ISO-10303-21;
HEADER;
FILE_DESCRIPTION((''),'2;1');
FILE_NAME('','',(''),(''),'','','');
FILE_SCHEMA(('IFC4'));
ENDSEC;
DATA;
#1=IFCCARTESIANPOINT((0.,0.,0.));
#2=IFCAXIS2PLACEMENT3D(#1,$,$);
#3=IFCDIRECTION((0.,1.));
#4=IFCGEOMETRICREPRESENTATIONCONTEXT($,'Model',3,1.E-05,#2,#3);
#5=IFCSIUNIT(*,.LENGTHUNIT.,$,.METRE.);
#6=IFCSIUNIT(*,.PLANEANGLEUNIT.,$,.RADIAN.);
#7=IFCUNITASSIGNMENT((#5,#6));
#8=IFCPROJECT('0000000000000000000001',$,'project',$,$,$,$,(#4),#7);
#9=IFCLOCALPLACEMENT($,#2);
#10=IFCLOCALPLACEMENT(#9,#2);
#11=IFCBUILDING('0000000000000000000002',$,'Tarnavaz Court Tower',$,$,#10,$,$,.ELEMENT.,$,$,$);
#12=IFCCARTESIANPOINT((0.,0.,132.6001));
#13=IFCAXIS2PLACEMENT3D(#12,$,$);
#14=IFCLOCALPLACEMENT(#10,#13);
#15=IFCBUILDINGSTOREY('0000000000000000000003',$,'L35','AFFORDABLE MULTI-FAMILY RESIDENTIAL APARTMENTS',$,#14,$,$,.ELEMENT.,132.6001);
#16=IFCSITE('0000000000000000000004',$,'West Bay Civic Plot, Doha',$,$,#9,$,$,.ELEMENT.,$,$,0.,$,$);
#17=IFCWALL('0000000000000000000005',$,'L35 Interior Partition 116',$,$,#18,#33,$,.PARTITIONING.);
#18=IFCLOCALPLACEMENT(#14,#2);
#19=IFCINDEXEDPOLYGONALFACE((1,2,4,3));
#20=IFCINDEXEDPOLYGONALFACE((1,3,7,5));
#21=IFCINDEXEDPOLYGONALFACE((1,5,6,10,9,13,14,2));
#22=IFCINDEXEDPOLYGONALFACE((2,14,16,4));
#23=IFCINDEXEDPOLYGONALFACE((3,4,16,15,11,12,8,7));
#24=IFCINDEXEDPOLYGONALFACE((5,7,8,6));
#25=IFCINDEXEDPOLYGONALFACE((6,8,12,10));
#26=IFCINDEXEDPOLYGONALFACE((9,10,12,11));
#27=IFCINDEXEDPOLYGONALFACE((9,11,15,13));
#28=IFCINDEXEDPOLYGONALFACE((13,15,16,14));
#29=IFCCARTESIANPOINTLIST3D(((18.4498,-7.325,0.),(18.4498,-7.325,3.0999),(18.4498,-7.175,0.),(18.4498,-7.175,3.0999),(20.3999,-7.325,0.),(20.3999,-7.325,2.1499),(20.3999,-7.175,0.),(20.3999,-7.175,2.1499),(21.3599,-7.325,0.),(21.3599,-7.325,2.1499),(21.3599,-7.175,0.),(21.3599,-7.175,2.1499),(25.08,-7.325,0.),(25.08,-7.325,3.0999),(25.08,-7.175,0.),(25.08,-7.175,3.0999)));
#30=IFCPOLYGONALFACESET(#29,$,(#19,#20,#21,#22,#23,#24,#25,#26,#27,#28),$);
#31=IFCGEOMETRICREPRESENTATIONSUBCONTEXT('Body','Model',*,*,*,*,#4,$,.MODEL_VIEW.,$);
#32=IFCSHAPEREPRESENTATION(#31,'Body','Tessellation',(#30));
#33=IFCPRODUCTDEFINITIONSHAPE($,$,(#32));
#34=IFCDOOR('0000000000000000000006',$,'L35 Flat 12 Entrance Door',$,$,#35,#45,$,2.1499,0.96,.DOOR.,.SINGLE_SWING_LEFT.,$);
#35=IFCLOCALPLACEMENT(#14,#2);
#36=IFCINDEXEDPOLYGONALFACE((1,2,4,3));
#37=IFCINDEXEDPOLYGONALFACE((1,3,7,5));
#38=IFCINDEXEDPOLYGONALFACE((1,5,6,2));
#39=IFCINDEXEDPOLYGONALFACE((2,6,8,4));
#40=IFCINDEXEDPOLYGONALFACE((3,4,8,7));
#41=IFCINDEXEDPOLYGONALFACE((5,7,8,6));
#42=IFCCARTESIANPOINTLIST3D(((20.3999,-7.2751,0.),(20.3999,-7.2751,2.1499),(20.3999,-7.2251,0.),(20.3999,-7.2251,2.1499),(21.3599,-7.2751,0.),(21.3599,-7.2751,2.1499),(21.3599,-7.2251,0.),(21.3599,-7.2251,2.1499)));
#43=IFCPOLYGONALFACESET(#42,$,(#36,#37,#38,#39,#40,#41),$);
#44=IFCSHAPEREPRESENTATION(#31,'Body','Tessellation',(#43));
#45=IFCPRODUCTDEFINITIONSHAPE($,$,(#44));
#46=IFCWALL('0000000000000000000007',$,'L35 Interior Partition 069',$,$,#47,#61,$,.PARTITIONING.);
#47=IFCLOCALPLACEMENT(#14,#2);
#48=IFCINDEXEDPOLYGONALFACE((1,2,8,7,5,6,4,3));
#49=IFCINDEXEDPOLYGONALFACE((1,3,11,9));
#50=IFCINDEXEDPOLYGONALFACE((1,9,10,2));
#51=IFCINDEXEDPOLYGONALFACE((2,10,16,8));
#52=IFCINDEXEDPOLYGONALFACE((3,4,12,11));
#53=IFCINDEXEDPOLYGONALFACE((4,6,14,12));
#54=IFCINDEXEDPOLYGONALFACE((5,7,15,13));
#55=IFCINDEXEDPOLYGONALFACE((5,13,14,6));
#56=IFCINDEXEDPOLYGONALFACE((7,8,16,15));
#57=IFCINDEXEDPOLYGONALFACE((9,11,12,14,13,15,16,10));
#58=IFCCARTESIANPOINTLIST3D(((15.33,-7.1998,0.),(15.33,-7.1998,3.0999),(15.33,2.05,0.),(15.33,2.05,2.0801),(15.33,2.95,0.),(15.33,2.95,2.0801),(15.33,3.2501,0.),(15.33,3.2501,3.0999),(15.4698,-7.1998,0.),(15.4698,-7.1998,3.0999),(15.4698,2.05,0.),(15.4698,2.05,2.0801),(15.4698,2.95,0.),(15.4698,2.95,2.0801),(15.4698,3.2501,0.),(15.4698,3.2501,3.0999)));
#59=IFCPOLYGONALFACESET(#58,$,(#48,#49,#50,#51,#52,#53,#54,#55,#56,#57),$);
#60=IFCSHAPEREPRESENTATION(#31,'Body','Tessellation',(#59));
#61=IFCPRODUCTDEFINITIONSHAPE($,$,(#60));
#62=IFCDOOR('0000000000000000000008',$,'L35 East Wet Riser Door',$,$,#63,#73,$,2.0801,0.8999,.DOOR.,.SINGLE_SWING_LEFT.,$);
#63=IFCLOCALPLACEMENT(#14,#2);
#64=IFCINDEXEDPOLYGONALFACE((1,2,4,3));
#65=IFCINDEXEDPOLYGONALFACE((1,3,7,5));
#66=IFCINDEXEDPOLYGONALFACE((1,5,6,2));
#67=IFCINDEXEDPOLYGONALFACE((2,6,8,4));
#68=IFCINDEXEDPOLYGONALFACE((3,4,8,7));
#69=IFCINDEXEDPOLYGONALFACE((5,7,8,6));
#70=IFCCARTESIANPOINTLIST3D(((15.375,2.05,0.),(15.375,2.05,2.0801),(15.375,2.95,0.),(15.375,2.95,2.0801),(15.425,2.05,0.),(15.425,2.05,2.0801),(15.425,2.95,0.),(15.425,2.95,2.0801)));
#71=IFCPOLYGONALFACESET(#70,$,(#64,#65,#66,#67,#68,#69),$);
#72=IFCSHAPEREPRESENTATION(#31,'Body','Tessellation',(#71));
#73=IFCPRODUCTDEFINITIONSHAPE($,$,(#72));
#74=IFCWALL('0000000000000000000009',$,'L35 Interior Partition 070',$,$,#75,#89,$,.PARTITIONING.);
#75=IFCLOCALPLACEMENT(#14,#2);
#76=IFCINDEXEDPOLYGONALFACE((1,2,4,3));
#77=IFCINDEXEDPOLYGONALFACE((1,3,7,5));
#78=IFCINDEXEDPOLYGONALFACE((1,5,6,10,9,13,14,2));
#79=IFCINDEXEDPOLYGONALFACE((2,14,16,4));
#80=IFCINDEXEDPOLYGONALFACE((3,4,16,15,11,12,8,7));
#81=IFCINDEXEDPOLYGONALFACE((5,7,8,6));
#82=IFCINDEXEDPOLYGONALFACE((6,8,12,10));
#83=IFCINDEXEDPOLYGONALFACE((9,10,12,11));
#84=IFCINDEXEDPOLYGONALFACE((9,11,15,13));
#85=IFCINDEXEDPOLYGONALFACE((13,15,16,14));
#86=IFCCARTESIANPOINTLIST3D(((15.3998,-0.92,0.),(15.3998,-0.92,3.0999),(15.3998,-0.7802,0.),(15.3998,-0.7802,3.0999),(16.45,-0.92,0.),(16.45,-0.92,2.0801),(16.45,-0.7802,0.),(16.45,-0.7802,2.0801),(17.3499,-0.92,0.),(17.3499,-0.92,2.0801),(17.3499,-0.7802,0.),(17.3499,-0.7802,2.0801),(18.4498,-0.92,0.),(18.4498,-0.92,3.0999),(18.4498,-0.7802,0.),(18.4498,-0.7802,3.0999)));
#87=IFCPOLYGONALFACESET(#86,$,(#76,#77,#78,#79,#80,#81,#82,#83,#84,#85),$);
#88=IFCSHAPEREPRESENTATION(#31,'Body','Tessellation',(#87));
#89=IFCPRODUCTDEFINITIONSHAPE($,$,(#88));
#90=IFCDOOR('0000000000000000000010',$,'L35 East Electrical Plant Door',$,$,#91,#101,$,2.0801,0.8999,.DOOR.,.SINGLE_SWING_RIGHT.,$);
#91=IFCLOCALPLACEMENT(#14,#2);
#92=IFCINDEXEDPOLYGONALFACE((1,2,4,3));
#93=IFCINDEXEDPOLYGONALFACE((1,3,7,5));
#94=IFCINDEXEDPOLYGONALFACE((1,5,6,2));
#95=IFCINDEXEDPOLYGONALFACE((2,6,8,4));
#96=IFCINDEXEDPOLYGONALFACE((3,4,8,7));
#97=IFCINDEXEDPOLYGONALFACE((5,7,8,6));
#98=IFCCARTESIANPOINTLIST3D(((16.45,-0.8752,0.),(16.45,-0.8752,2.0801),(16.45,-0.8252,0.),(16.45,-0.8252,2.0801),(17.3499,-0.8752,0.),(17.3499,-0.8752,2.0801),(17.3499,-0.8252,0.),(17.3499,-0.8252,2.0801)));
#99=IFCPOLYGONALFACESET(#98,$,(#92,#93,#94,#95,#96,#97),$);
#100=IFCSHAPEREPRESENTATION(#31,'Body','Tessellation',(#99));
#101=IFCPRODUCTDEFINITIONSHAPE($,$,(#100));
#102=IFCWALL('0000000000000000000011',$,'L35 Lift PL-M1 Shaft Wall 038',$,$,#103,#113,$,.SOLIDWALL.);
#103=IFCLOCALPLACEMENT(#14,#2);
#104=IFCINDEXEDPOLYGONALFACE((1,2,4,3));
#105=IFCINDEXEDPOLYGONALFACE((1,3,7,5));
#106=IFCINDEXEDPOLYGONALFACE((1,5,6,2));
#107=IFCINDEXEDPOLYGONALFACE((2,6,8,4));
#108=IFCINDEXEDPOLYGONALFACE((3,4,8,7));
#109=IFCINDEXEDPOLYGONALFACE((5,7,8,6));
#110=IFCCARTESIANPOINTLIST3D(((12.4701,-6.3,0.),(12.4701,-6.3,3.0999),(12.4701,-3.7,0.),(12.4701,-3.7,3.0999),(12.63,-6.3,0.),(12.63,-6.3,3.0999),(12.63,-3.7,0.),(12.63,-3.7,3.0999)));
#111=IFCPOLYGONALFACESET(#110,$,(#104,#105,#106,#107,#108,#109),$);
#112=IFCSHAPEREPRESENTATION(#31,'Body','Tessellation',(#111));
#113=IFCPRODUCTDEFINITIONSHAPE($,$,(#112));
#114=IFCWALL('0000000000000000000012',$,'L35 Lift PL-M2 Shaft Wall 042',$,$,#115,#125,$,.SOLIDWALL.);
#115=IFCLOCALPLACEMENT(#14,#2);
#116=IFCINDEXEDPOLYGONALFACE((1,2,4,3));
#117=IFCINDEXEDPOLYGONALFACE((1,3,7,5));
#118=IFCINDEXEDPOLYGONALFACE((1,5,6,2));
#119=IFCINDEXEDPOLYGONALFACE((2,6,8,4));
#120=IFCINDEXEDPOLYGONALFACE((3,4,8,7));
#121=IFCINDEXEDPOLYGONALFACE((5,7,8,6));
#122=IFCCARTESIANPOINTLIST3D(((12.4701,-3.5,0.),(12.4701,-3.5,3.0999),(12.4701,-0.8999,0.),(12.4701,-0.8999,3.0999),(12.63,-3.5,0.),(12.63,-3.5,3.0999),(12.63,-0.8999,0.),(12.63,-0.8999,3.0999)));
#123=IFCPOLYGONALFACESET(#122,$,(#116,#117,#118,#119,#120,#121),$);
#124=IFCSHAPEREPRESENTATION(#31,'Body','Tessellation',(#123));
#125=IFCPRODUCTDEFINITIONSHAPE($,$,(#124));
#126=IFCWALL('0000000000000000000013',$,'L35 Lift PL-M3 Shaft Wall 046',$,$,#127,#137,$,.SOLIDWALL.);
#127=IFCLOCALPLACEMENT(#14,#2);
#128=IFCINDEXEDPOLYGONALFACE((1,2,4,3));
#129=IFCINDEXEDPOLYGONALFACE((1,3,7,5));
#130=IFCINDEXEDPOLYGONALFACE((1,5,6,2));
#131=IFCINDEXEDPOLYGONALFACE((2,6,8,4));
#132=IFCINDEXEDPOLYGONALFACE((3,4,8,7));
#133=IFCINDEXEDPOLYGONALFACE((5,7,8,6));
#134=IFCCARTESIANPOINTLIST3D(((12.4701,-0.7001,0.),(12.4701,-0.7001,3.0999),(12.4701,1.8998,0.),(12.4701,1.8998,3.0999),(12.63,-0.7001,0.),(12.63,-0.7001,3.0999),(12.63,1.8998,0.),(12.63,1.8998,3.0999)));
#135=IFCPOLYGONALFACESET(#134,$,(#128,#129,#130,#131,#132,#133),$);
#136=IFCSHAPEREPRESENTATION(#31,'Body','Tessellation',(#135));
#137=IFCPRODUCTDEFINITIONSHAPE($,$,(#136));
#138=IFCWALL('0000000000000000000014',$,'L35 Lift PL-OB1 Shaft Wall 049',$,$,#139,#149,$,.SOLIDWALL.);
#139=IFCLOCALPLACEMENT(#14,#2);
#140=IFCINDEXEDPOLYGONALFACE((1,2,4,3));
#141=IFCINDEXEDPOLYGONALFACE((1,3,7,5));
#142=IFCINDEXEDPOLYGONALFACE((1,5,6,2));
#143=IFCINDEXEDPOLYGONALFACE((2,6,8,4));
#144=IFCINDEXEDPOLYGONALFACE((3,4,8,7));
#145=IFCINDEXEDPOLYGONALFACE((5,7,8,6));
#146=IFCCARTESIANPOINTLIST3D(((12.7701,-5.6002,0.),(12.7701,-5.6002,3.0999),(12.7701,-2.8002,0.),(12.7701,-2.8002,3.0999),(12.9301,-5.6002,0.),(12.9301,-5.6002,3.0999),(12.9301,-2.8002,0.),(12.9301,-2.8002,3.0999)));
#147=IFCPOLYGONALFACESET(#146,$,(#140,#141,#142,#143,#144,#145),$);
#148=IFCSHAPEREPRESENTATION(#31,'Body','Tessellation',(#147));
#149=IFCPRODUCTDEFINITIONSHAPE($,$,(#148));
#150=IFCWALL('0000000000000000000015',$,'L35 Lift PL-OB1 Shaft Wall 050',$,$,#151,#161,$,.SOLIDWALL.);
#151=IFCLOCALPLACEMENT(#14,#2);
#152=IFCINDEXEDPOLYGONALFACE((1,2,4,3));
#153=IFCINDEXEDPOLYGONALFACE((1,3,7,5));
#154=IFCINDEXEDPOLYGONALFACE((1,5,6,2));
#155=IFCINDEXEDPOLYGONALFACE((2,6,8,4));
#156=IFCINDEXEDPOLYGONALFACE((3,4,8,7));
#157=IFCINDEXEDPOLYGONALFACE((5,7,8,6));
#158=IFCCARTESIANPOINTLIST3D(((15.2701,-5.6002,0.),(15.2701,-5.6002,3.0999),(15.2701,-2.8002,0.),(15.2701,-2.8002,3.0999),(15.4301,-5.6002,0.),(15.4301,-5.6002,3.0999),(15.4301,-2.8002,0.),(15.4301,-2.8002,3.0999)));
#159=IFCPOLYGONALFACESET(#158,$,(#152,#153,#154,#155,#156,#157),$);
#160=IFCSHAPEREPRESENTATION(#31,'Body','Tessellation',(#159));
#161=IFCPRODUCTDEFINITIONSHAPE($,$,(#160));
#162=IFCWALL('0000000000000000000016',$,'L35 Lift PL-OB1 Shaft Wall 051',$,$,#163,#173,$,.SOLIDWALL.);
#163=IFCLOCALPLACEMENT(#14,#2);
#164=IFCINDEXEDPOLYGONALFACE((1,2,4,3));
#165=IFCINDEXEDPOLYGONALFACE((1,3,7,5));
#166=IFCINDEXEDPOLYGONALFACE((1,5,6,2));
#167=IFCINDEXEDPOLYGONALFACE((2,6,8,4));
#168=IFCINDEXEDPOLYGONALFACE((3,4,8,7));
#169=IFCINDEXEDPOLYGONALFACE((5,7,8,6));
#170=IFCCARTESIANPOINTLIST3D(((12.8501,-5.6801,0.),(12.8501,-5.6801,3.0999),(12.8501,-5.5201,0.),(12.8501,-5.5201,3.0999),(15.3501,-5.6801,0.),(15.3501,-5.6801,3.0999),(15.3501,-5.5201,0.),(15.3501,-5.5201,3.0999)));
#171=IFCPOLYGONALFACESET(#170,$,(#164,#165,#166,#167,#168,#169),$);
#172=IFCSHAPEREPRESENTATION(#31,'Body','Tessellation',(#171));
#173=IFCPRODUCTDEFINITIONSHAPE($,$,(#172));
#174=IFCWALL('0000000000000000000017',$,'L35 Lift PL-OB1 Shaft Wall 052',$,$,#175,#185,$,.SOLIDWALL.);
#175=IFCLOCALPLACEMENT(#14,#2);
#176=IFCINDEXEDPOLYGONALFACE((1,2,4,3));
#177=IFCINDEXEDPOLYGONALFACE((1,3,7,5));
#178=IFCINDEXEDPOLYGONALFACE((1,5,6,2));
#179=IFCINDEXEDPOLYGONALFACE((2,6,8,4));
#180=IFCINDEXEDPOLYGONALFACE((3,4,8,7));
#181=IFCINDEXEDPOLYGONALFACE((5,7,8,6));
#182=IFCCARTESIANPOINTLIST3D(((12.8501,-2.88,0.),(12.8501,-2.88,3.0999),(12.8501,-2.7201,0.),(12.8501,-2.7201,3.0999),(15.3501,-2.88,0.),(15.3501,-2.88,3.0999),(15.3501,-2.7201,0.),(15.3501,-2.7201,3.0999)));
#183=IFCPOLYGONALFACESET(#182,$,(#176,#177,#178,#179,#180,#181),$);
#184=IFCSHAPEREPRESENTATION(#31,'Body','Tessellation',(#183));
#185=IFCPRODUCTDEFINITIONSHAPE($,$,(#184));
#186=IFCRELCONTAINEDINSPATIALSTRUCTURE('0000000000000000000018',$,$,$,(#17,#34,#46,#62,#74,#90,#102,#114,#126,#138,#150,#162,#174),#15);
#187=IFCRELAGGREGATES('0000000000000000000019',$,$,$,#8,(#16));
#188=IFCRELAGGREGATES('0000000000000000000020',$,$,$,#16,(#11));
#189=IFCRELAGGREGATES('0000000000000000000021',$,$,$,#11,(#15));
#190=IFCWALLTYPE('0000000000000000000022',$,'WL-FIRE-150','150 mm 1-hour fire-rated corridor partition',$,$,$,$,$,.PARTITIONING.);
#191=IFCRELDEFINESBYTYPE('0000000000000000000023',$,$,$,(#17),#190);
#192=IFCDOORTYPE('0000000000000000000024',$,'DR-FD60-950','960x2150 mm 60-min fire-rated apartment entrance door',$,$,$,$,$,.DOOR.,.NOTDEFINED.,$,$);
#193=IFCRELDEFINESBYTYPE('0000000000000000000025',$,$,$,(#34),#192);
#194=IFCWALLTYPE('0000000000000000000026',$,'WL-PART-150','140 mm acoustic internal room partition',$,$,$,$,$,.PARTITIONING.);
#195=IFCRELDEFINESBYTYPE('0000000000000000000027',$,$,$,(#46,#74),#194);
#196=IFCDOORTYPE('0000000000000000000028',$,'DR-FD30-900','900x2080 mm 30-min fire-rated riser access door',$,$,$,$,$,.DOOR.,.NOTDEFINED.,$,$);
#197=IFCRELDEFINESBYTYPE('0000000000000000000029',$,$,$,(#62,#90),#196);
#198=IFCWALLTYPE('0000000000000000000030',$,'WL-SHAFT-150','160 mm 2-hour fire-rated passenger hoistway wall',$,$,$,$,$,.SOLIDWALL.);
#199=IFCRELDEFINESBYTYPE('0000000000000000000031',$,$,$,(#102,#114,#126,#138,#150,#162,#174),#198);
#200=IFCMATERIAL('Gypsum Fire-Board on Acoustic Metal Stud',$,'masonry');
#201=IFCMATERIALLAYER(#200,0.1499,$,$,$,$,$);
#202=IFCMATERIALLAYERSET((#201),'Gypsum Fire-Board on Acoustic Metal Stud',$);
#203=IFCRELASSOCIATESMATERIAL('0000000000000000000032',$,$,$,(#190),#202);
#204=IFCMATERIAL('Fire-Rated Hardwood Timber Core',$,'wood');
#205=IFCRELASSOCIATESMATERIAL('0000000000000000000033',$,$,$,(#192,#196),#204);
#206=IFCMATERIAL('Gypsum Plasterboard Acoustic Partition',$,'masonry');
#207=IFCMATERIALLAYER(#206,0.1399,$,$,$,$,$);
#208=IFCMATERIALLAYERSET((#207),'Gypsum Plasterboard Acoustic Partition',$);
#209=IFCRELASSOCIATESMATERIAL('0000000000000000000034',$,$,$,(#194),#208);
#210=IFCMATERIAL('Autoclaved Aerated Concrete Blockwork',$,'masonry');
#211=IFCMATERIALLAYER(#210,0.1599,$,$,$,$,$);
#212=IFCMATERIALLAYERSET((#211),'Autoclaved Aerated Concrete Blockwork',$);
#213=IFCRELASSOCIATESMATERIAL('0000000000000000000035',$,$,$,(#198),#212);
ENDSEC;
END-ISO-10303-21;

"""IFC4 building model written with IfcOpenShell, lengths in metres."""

from ifc_helpers import new_model, si_unit, direction, frame, frame_2d, origin, place, context, subcontext, project, spatial, rectangle, extrude, material, layer, layer_set, type_object, element, fill, save


model = new_model("IFC4")

# Units and contexts
model_context = context("Model", 3, precision=1e-05, world=origin(), true_north=direction((0.0, 1.0)))
body_context = subcontext(model_context, "Body", "Model", "MODEL_VIEW")
ifc_project = project(units=[si_unit("LENGTHUNIT", "METRE"), si_unit("PLANEANGLEUNIT", "RADIAN")], contexts=[model_context])

# Site, building, storey
site_placement = place(None, origin())
site = spatial("IfcSite", under=ifc_project, at=site_placement, Name="West Bay Civic Plot, Doha", CompositionType="ELEMENT", RefElevation=0.0)
building_placement = place(site_placement, origin())
building = spatial("IfcBuilding", under=site, at=building_placement, Name="Tarnavaz Court Tower", CompositionType="ELEMENT")
storey_placement = place(building_placement, frame((0.0, 0.0, 132.6001)))
storey = spatial("IfcBuildingStorey", under=building, at=storey_placement, Name="L35", Description="AFFORDABLE MULTI-FAMILY RESIDENTIAL APARTMENTS", CompositionType="ELEMENT", Elevation=132.6001)

# Walls, openings, doors
ifc_material_1 = material(Name="Gypsum Fire-Board on Acoustic Metal Stud", Category="masonry")
ifc_layer_1 = layer(ifc_material_1, 0.1499)
ifc_layer_set_1 = layer_set([ifc_layer_1], Name="Gypsum Fire-Board on Acoustic Metal Stud")
wall_type_1 = type_object("IfcWallType", Name="WL-FIRE-150", Description="150 mm 1-hour fire-rated corridor partition", PredefinedType="PARTITIONING", material=ifc_layer_set_1)
wall_1_placement = place(storey_placement, frame((18.45, -7.25, 0.0), z_axis=(0.0, 0.0, 1.0), x_axis=(1.0, 0.0, 0.0)))
wall_1 = element("IfcWall", 1, at=wall_1_placement, inside=storey, type_object=wall_type_1, Name="L35 Interior Partition 116", PredefinedType="PARTITIONING", context=body_context, shape_type="SweptSolid", body=[
    extrude(rectangle(XDim=6.6301, YDim=0.1499, at=frame_2d((3.3149, 0.0))), origin(), (0.0, 0.0, 1.0), 3.0999),
])
opening_1_placement = place(wall_1_placement, frame((1.95, 0.0, 0.0)))
opening_1 = element("IfcOpeningElement", 2, at=opening_1_placement, cuts=wall_1, PredefinedType="OPENING", context=body_context, shape_type="SweptSolid", body=[
    extrude(rectangle(XDim=0.96, YDim=2.1499, at=frame_2d((0.48, 1.075))), frame((0.0, 0.085, 0.0), z_axis=(0.0, -1.0, 0.0), x_axis=(1.0, 0.0, 0.0)), (0.0, 0.0, 1.0), 0.1699),
])
ifc_material_2 = material(Name="Fire-Rated Hardwood Timber Core", Category="wood")
door_type_1 = type_object("IfcDoorType", Name="DR-FD60-950", Description="960x2150 mm 60-min fire-rated apartment entrance door", OperationType="NOTDEFINED", PredefinedType="DOOR", material=ifc_material_2)
door_1_placement = place(opening_1_placement, origin())
door_1 = element("IfcDoor", 3, at=door_1_placement, inside=storey, type_object=door_type_1, Name="L35 Flat 12 Entrance Door", OperationType="SINGLE_SWING_LEFT", OverallHeight=2.1499, OverallWidth=0.96, PredefinedType="DOOR", context=body_context, shape_type="SweptSolid", body=[
    extrude(rectangle(XDim=0.96, YDim=2.1499, at=frame_2d((0.48, 1.075))), frame((0.0, 0.0249, 0.0), z_axis=(0.0, -1.0, 0.0), x_axis=(1.0, 0.0, 0.0)), (0.0, 0.0, 1.0), 0.05),
])
fill(opening_1, door_1)
ifc_material_3 = material(Name="Gypsum Plasterboard Acoustic Partition", Category="masonry")
ifc_layer_2 = layer(ifc_material_3, 0.1399)
ifc_layer_set_2 = layer_set([ifc_layer_2], Name="Gypsum Plasterboard Acoustic Partition")
wall_type_2 = type_object("IfcWallType", Name="WL-PART-150", Description="140 mm acoustic internal room partition", PredefinedType="PARTITIONING", material=ifc_layer_set_2)
wall_2_placement = place(storey_placement, frame((15.3999, -7.2, 0.0), z_axis=(0.0, 0.0, 1.0), x_axis=(0.0, 1.0, 0.0)))
wall_2 = element("IfcWall", 4, at=wall_2_placement, inside=storey, type_object=wall_type_2, Name="L35 Interior Partition 069", PredefinedType="PARTITIONING", context=body_context, shape_type="SweptSolid", body=[
    extrude(rectangle(XDim=10.45, YDim=0.1399, at=frame_2d((5.2251, 0.0))), origin(), (0.0, 0.0, 1.0), 3.0999),
])
opening_2_placement = place(wall_2_placement, frame((9.25, 0.0, 0.0)))
opening_2 = element("IfcOpeningElement", 5, at=opening_2_placement, cuts=wall_2, PredefinedType="OPENING", context=body_context, shape_type="SweptSolid", body=[
    extrude(rectangle(XDim=0.8999, YDim=2.0801, at=frame_2d((0.45, 1.04))), frame((0.0, 0.0798, 0.0), z_axis=(0.0, -1.0, 0.0), x_axis=(1.0, 0.0, 0.0)), (0.0, 0.0, 1.0), 0.1599),
])
door_type_2 = type_object("IfcDoorType", Name="DR-FD30-900", Description="900x2080 mm 30-min fire-rated riser access door", OperationType="NOTDEFINED", PredefinedType="DOOR", material=ifc_material_2)
door_2_placement = place(opening_2_placement, origin())
door_2 = element("IfcDoor", 6, at=door_2_placement, inside=storey, type_object=door_type_2, Name="L35 East Wet Riser Door", OperationType="SINGLE_SWING_LEFT", OverallHeight=2.0801, OverallWidth=0.8999, PredefinedType="DOOR", context=body_context, shape_type="SweptSolid", body=[
    extrude(rectangle(XDim=0.8999, YDim=2.0801, at=frame_2d((0.45, 1.04))), frame((0.0, 0.0249, 0.0), z_axis=(0.0, -1.0, 0.0), x_axis=(1.0, 0.0, 0.0)), (0.0, 0.0, 1.0), 0.05),
])
fill(opening_2, door_2)
wall_3_placement = place(storey_placement, frame((15.3999, -0.8501, 0.0), z_axis=(0.0, 0.0, 1.0), x_axis=(1.0, 0.0, 0.0)))
wall_3 = element("IfcWall", 7, at=wall_3_placement, inside=storey, type_object=wall_type_2, Name="L35 Interior Partition 070", PredefinedType="PARTITIONING", context=body_context, shape_type="SweptSolid", body=[
    extrude(rectangle(XDim=3.05, YDim=0.1399, at=frame_2d((1.5249, 0.0))), origin(), (0.0, 0.0, 1.0), 3.0999),
])
opening_3_placement = place(wall_3_placement, frame((1.05, 0.0, 0.0)))
opening_3 = element("IfcOpeningElement", 8, at=opening_3_placement, cuts=wall_3, PredefinedType="OPENING", context=body_context, shape_type="SweptSolid", body=[
    extrude(rectangle(XDim=0.8999, YDim=2.0801, at=frame_2d((0.45, 1.04))), frame((0.0, 0.0798, 0.0), z_axis=(0.0, -1.0, 0.0), x_axis=(1.0, 0.0, 0.0)), (0.0, 0.0, 1.0), 0.1599),
])
door_3_placement = place(opening_3_placement, origin())
door_3 = element("IfcDoor", 9, at=door_3_placement, inside=storey, type_object=door_type_2, Name="L35 East Electrical Plant Door", OperationType="SINGLE_SWING_RIGHT", OverallHeight=2.0801, OverallWidth=0.8999, PredefinedType="DOOR", context=body_context, shape_type="SweptSolid", body=[
    extrude(rectangle(XDim=0.8999, YDim=2.0801, at=frame_2d((0.45, 1.04))), frame((0.0, 0.0249, 0.0), z_axis=(0.0, -1.0, 0.0), x_axis=(1.0, 0.0, 0.0)), (0.0, 0.0, 1.0), 0.05),
])
fill(opening_3, door_3)

# Walls
ifc_material_4 = material(Name="Autoclaved Aerated Concrete Blockwork", Category="masonry")
ifc_layer_3 = layer(ifc_material_4, 0.1599)
ifc_layer_set_3 = layer_set([ifc_layer_3], Name="Autoclaved Aerated Concrete Blockwork")
wall_type_3 = type_object("IfcWallType", Name="WL-SHAFT-150", Description="160 mm 2-hour fire-rated passenger hoistway wall", PredefinedType="SOLIDWALL", material=ifc_layer_set_3)
for number, where, z_axis, x_axis, name in (
    (10, (12.55, -6.3, 0.0), (0.0, 0.0, 1.0), (0.0, 1.0, 0.0), "L35 Lift PL-M1 Shaft Wall 038"),
    (11, (12.55, -3.5, 0.0), (0.0, 0.0, 1.0), (0.0, 1.0, 0.0), "L35 Lift PL-M2 Shaft Wall 042"),
):
    element("IfcWall", number, at=place(storey_placement, frame(where, z_axis=z_axis, x_axis=x_axis)), inside=storey, type_object=wall_type_3, Name=name, PredefinedType="SOLIDWALL", context=body_context, shape_type="SweptSolid", body=[
        extrude(rectangle(XDim=2.6001, YDim=0.1599, at=frame_2d((1.3, 0.0))), origin(), (0.0, 0.0, 1.0), 3.0999),
    ])
wall_4_placement = place(storey_placement, frame((12.55, -0.7, 0.0), z_axis=(0.0, 0.0, 1.0), x_axis=(0.0, 1.0, 0.0)))
element("IfcWall", 12, at=wall_4_placement, inside=storey, type_object=wall_type_3, Name="L35 Lift PL-M3 Shaft Wall 046", PredefinedType="SOLIDWALL", context=body_context, shape_type="SweptSolid", body=[
    extrude(rectangle(XDim=2.5999, YDim=0.1599, at=frame_2d((1.2998, 0.0))), origin(), (0.0, 0.0, 1.0), 3.0999),
])
for number, where, z_axis, x_axis, name in (
    (13, (12.8501, -5.6001, 0.0), (0.0, 0.0, 1.0), (0.0, 1.0, 0.0), "L35 Lift PL-OB1 Shaft Wall 049"),
    (14, (15.3501, -5.6001, 0.0), (0.0, 0.0, 1.0), (0.0, 1.0, 0.0), "L35 Lift PL-OB1 Shaft Wall 050"),
):
    element("IfcWall", number, at=place(storey_placement, frame(where, z_axis=z_axis, x_axis=x_axis)), inside=storey, type_object=wall_type_3, Name=name, PredefinedType="SOLIDWALL", context=body_context, shape_type="SweptSolid", body=[
        extrude(rectangle(XDim=2.8, YDim=0.1599, at=frame_2d((1.3999, 0.0))), origin(), (0.0, 0.0, 1.0), 3.0999),
    ])
for number, where, z_axis, x_axis, name in (
    (15, (12.8501, -5.6001, 0.0), (0.0, 0.0, 1.0), (1.0, 0.0, 0.0), "L35 Lift PL-OB1 Shaft Wall 051"),
    (16, (12.8501, -2.8, 0.0), (0.0, 0.0, 1.0), (1.0, 0.0, 0.0), "L35 Lift PL-OB1 Shaft Wall 052"),
):
    element("IfcWall", number, at=place(storey_placement, frame(where, z_axis=z_axis, x_axis=x_axis)), inside=storey, type_object=wall_type_3, Name=name, PredefinedType="SOLIDWALL", context=body_context, shape_type="SweptSolid", body=[
        extrude(rectangle(XDim=2.5, YDim=0.1599, at=frame_2d((1.25, 0.0))), origin(), (0.0, 0.0, 1.0), 3.0999),
    ])

save(model, "model.ifc")
